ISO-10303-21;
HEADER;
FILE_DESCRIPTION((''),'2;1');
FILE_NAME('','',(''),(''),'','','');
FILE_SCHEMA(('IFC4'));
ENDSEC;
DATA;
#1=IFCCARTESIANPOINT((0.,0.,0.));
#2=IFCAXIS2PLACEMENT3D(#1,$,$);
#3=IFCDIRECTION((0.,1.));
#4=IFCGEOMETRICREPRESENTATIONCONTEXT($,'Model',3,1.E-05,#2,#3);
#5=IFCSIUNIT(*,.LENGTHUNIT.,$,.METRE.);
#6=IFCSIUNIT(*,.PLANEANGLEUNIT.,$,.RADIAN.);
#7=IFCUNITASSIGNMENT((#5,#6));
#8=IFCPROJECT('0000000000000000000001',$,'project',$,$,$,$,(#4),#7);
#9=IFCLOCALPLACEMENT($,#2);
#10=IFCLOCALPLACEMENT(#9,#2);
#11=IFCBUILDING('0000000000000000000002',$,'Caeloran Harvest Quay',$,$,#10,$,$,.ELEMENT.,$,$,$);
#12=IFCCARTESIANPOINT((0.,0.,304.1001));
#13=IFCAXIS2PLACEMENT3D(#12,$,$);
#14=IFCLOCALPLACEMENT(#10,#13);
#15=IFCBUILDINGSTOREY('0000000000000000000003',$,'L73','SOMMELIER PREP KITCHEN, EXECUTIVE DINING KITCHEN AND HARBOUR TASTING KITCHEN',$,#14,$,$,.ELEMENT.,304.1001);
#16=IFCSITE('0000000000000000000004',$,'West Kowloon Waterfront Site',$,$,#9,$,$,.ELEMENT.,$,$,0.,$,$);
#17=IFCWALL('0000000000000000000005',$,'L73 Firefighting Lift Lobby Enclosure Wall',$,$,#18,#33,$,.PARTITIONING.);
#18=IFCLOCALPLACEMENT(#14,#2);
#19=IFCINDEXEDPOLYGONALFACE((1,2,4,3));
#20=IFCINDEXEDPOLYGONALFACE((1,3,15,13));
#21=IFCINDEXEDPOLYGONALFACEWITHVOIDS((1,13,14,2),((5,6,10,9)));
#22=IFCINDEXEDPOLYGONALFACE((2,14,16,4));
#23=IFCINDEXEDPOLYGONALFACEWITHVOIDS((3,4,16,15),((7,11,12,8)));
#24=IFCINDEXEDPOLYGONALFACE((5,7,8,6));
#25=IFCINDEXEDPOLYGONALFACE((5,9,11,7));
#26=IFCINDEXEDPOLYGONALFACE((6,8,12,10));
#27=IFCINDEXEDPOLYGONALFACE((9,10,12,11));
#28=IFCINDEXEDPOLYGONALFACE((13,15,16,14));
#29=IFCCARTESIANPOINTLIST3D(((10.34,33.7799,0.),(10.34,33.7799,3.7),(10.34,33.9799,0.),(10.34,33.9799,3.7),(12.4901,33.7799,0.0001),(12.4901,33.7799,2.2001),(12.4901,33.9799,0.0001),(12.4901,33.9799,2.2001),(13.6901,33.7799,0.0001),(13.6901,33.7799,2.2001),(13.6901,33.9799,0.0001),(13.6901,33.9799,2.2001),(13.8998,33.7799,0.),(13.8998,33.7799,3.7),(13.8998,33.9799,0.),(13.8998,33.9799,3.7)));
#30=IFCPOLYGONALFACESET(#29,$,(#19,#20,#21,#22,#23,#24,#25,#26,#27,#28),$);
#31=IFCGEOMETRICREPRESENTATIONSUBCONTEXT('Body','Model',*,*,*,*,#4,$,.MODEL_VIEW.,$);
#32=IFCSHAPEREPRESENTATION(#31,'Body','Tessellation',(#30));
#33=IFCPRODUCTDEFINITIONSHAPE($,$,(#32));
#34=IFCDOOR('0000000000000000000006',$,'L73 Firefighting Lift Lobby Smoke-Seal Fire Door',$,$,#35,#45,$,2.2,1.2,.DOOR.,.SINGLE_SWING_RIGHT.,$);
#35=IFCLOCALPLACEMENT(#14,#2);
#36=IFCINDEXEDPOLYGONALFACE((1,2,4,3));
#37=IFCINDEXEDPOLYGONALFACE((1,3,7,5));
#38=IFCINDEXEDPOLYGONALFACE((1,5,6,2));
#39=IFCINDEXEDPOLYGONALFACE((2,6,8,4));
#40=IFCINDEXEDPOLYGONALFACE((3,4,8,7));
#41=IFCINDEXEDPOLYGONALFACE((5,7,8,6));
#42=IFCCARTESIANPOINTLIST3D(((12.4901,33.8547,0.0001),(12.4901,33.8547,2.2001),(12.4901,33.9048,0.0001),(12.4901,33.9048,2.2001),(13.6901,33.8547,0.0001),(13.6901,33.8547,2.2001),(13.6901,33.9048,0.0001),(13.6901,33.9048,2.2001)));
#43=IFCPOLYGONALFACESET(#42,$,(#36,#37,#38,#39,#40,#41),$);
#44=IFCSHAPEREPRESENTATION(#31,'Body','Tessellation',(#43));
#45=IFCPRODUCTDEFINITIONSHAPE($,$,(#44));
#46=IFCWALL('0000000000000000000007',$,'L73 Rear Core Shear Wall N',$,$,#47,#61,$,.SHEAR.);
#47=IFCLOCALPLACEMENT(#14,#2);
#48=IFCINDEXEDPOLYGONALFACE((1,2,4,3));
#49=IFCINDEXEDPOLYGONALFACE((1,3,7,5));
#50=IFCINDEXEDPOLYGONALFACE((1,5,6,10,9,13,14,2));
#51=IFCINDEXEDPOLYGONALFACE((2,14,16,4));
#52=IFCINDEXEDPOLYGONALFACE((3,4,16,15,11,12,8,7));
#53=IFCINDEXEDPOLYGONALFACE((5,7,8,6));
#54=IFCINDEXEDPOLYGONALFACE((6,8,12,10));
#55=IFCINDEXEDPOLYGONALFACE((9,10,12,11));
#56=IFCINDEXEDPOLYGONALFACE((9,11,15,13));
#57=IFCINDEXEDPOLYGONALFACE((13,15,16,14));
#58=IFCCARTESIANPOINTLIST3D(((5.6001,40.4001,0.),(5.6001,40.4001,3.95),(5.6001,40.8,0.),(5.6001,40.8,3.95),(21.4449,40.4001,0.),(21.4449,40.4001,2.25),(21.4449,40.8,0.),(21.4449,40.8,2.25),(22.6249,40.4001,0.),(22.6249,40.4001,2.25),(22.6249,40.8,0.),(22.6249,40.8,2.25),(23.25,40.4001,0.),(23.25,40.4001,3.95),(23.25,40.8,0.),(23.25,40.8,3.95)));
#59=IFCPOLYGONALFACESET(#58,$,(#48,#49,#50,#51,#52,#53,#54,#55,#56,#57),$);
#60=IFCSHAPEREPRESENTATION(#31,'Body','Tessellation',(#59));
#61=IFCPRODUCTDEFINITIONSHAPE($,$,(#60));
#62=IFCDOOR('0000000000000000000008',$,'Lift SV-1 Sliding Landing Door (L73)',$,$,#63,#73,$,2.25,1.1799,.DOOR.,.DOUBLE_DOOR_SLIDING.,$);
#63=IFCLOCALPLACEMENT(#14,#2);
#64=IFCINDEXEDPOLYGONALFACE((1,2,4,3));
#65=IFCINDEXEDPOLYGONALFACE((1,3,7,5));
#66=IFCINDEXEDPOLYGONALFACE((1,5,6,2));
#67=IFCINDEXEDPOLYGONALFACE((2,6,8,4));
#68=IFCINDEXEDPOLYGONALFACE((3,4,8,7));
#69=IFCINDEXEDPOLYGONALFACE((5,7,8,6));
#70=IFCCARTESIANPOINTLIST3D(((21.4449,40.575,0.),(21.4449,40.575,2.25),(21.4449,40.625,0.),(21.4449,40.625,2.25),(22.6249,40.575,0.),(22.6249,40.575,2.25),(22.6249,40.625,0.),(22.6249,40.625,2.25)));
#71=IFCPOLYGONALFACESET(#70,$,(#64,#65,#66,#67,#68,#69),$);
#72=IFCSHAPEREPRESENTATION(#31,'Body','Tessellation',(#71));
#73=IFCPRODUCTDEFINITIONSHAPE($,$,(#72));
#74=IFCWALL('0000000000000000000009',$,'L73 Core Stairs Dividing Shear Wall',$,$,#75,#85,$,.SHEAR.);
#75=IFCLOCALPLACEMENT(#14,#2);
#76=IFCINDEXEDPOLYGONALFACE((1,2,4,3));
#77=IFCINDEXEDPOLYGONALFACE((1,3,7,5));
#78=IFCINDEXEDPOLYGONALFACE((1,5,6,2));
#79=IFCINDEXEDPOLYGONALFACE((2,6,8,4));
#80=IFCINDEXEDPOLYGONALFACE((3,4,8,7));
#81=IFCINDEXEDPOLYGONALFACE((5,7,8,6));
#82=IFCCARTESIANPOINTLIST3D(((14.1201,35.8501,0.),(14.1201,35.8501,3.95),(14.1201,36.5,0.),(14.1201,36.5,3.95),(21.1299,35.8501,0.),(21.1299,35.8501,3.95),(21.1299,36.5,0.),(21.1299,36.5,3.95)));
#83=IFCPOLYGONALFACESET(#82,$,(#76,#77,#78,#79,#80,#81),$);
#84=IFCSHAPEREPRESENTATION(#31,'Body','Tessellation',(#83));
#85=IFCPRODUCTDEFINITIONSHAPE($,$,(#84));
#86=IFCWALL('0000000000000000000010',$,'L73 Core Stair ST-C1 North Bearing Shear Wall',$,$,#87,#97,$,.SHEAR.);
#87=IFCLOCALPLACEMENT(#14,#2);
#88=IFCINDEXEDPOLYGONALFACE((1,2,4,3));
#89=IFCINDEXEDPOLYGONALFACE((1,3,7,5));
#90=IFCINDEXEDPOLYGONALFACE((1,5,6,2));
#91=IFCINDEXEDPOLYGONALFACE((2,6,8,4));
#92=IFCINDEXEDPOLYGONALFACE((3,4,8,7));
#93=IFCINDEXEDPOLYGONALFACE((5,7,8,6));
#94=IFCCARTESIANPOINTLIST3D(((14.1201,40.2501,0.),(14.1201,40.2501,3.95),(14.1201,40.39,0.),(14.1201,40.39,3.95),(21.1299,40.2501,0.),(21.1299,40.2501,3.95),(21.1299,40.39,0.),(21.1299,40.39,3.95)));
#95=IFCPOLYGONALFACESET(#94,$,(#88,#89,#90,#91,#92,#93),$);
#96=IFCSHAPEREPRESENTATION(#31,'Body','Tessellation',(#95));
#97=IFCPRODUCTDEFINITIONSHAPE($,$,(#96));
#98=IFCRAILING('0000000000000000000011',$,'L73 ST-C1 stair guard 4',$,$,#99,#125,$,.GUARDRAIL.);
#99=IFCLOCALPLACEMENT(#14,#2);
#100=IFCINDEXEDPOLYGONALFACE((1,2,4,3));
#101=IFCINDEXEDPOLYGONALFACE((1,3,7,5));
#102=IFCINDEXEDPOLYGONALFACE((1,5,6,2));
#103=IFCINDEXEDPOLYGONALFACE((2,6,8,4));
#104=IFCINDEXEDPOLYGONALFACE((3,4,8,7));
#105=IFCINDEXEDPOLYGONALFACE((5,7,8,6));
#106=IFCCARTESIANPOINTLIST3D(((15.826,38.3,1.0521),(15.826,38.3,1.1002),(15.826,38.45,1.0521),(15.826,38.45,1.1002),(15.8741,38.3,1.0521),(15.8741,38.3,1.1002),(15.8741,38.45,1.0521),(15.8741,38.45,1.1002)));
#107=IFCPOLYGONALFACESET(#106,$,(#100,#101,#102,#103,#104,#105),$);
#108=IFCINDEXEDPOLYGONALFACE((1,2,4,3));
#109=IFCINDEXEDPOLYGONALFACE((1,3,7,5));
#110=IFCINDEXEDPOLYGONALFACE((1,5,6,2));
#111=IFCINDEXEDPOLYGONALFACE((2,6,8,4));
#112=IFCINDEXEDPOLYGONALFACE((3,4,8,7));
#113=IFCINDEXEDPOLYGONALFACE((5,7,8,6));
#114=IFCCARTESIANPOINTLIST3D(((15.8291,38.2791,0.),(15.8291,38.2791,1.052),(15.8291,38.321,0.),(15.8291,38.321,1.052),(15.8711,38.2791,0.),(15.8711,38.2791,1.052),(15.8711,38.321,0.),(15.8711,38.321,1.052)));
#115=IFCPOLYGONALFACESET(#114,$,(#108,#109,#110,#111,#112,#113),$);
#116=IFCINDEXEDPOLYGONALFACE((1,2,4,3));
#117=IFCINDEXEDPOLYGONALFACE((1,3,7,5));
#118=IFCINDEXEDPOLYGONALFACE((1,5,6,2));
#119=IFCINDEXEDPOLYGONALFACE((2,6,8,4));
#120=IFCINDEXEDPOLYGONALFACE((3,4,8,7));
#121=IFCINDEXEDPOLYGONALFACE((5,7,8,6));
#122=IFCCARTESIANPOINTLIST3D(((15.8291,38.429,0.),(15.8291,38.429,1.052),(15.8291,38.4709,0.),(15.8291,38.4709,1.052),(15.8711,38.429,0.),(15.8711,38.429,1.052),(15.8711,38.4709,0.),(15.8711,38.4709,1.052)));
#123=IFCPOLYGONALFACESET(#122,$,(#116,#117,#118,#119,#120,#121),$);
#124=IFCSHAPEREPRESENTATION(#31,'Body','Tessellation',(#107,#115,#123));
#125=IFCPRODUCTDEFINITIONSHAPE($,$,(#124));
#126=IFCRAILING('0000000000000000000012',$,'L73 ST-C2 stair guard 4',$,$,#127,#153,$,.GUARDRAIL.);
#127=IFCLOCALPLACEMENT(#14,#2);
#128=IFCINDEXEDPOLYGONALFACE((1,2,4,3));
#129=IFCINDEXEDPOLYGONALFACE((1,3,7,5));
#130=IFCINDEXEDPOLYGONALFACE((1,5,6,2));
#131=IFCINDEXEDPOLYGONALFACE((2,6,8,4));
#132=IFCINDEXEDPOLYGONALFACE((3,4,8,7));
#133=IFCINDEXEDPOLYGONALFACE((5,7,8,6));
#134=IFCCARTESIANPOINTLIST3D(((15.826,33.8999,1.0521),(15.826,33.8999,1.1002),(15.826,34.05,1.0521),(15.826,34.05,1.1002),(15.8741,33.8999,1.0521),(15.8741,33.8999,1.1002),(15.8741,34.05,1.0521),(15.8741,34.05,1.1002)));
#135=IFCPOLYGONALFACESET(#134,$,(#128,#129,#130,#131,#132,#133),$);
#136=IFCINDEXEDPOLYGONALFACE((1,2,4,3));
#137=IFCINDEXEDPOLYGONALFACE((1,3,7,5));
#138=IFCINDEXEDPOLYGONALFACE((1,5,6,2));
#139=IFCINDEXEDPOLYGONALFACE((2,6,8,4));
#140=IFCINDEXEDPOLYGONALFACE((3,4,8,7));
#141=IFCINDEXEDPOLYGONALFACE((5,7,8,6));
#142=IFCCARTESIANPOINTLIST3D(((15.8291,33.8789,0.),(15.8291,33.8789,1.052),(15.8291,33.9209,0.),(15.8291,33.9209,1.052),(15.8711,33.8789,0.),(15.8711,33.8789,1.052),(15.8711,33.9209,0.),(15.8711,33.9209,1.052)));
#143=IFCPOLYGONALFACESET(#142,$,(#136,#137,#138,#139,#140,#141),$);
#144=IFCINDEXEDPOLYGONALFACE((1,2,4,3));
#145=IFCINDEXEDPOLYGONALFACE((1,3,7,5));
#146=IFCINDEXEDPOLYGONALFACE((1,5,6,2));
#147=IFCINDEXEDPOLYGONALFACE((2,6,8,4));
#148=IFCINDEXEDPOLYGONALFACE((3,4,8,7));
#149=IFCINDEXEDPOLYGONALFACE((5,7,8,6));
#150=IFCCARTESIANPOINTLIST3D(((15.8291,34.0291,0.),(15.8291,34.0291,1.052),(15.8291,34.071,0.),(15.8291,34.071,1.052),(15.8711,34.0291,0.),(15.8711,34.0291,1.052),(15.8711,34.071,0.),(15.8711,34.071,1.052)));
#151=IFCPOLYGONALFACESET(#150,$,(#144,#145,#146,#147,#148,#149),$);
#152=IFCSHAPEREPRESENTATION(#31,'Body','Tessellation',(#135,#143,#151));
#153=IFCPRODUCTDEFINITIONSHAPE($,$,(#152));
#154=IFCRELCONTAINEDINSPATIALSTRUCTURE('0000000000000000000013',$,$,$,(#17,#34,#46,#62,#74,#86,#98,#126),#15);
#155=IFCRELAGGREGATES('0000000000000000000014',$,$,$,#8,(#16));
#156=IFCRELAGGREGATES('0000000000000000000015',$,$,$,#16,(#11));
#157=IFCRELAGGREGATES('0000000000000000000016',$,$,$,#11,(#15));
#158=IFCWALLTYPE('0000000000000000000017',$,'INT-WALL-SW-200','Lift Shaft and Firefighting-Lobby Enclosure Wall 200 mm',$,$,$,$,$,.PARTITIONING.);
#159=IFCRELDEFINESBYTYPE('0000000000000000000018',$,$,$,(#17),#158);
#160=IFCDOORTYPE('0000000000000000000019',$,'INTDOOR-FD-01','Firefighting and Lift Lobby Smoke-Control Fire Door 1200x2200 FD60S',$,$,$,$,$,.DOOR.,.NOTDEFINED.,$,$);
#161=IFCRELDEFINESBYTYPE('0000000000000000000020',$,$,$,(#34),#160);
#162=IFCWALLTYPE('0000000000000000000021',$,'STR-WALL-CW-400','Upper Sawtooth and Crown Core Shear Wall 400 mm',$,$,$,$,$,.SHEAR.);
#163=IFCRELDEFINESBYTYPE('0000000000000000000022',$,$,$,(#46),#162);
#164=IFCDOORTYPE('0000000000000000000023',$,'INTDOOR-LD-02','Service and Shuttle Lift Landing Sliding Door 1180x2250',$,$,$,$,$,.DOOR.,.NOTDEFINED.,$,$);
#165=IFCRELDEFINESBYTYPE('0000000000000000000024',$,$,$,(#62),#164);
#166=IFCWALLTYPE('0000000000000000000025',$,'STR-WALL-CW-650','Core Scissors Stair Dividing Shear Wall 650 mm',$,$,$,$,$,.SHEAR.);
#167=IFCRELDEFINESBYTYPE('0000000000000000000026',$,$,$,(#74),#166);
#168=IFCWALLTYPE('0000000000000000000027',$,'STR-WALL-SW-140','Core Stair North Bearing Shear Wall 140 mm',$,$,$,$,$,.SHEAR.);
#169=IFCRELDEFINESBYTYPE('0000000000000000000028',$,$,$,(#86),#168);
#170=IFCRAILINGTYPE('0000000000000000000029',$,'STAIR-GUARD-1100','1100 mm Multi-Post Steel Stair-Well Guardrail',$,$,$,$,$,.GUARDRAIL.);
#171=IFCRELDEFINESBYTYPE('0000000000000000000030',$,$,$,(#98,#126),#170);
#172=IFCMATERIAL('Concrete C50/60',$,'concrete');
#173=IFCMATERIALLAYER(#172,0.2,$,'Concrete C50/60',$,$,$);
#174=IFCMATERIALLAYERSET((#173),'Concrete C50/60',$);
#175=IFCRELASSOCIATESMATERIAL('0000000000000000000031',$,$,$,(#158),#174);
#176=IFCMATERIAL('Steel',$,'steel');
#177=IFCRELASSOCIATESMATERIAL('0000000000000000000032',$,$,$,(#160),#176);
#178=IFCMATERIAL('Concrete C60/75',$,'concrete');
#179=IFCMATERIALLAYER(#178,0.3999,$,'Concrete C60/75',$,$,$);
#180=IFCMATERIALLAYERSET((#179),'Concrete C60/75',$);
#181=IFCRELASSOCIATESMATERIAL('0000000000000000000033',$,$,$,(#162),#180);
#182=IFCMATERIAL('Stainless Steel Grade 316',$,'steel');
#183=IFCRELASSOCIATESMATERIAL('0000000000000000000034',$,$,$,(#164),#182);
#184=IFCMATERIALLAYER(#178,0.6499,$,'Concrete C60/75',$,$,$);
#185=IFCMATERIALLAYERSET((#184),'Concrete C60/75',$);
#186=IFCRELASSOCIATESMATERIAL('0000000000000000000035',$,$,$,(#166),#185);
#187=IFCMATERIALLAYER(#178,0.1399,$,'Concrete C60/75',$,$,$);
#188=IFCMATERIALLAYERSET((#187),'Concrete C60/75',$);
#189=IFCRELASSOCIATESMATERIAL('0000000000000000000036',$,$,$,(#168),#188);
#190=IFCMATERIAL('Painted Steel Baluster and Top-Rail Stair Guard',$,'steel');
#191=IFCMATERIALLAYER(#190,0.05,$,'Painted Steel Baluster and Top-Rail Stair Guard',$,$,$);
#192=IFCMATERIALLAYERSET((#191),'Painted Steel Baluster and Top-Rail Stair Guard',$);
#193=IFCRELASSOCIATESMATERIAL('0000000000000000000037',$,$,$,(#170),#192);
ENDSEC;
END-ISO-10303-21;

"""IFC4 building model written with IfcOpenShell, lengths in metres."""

from ifc_helpers import new_model, si_unit, direction, frame, frame_2d, origin, origin_2d, place, context, subcontext, project, spatial, rectangle, extrude, material, layer, layer_set, type_object, element, fill, save


model = new_model("IFC4")

# Units and contexts
model_context = context("Model", 3, precision=1e-05, world=origin(), true_north=direction((0.0, 1.0)))
body_context = subcontext(model_context, "Body", "Model", "MODEL_VIEW")
ifc_project = project(units=[si_unit("LENGTHUNIT", "METRE"), si_unit("PLANEANGLEUNIT", "RADIAN")], contexts=[model_context])

# Site, building, storey
site_placement = place(None, origin())
site = spatial("IfcSite", under=ifc_project, at=site_placement, Name="West Kowloon Waterfront Site", CompositionType="ELEMENT", RefElevation=0.0)
building_placement = place(site_placement, origin())
building = spatial("IfcBuilding", under=site, at=building_placement, Name="Caeloran Harvest Quay", CompositionType="ELEMENT")
storey_placement = place(building_placement, frame((0.0, 0.0, 304.1001)))
storey = spatial("IfcBuildingStorey", under=building, at=storey_placement, Name="L73", Description="SOMMELIER PREP KITCHEN, EXECUTIVE DINING KITCHEN AND HARBOUR TASTING KITCHEN", CompositionType="ELEMENT", Elevation=304.1001)

# Shared definitions
ifc_material_1 = material(Name="Concrete C50/60", Category="concrete")
ifc_layer_1 = layer(ifc_material_1, 0.2, Name="Concrete C50/60")
ifc_layer_set_1 = layer_set([ifc_layer_1], Name="Concrete C50/60")
wall_type_1 = type_object("IfcWallType", Name="INT-WALL-SW-200", Description="Lift Shaft and Firefighting-Lobby Enclosure Wall 200 mm", PredefinedType="PARTITIONING", material=ifc_layer_set_1)

# Shared definitions
ifc_material_2 = material(Name="Stainless Steel Grade 316", Category="steel")

# Walls, openings, doors
wall_1_placement = place(storey_placement, frame((10.3401, 33.8799, 0.0), z_axis=(0.0, 0.0, 1.0), x_axis=(1.0, 0.0, 0.0)))
wall_1 = element("IfcWall", 1, at=wall_1_placement, inside=storey, type_object=wall_type_1, Name="L73 Firefighting Lift Lobby Enclosure Wall", PredefinedType="PARTITIONING", context=body_context, shape_type="SweptSolid", body=[
    extrude(rectangle(XDim=3.5598, YDim=0.2, at=frame_2d((1.7798, 0.0))), origin(), (0.0, 0.0, 1.0), 3.7),
])
opening_1_placement = place(wall_1_placement, frame((2.1499, 0.0, 0.0)))
opening_1 = element("IfcOpeningElement", 2, at=opening_1_placement, cuts=wall_1, PredefinedType="OPENING", context=body_context, shape_type="SweptSolid", body=[
    extrude(rectangle(XDim=1.2, YDim=2.2, at=frame_2d((0.6001, 1.1001))), frame((0.0, 0.1099, 0.0), z_axis=(0.0, -1.0, 0.0), x_axis=(1.0, 0.0, 0.0)), (0.0, 0.0, 1.0), 0.22),
])
ifc_material_3 = material(Name="Steel", Category="steel")
door_type_1 = type_object("IfcDoorType", Name="INTDOOR-FD-01", Description="Firefighting and Lift Lobby Smoke-Control Fire Door 1200x2200 FD60S", OperationType="NOTDEFINED", PredefinedType="DOOR", material=ifc_material_3)
door_1_placement = place(opening_1_placement, origin())
door_1 = element("IfcDoor", 3, at=door_1_placement, inside=storey, type_object=door_type_1, Name="L73 Firefighting Lift Lobby Smoke-Seal Fire Door", OperationType="SINGLE_SWING_RIGHT", OverallHeight=2.2, OverallWidth=1.2, PredefinedType="DOOR", context=body_context, shape_type="SweptSolid", body=[
    extrude(rectangle(XDim=1.2, YDim=2.2, at=frame_2d((0.6001, 1.1001))), frame((0.0, 0.0249, 0.0), z_axis=(0.0, -1.0, 0.0), x_axis=(1.0, 0.0, 0.0)), (0.0, 0.0, 1.0), 0.05),
])
fill(opening_1, door_1)
ifc_material_4 = material(Name="Concrete C60/75", Category="concrete")
ifc_layer_2 = layer(ifc_material_4, 0.3999, Name="Concrete C60/75")
ifc_layer_set_2 = layer_set([ifc_layer_2], Name="Concrete C60/75")
wall_type_2 = type_object("IfcWallType", Name="STR-WALL-CW-400", Description="Upper Sawtooth and Crown Core Shear Wall 400 mm", PredefinedType="SHEAR", material=ifc_layer_set_2)
wall_2_placement = place(storey_placement, frame((5.6001, 40.6001, 0.0), z_axis=(0.0, 0.0, 1.0), x_axis=(1.0, 0.0, 0.0)))
wall_2 = element("IfcWall", 4, at=wall_2_placement, inside=storey, type_object=wall_type_2, Name="L73 Rear Core Shear Wall N", PredefinedType="SHEAR", context=body_context, shape_type="SweptSolid", body=[
    extrude(rectangle(XDim=17.6499, YDim=0.3999, at=frame_2d((8.825, 0.0))), origin(), (0.0, 0.0, 1.0), 3.95),
])
opening_2_placement = place(wall_2_placement, frame((15.845, 0.0, 0.0)))
opening_2 = element("IfcOpeningElement", 5, at=opening_2_placement, cuts=wall_2, PredefinedType="OPENING", context=body_context, shape_type="SweptSolid", body=[
    extrude(rectangle(XDim=1.1799, YDim=2.25, at=frame_2d((0.5898, 1.125))), frame((0.0, 0.21, 0.0), z_axis=(0.0, -1.0, 0.0), x_axis=(1.0, 0.0, 0.0)), (0.0, 0.0, 1.0), 0.4199),
])
door_type_2 = type_object("IfcDoorType", Name="INTDOOR-LD-02", Description="Service and Shuttle Lift Landing Sliding Door 1180x2250", OperationType="NOTDEFINED", PredefinedType="DOOR", material=ifc_material_2)
door_2_placement = place(opening_2_placement, origin())
door_2 = element("IfcDoor", 6, at=door_2_placement, inside=storey, type_object=door_type_2, Name="Lift SV-1 Sliding Landing Door (L73)", OperationType="DOUBLE_DOOR_SLIDING", OverallHeight=2.25, OverallWidth=1.1799, PredefinedType="DOOR", context=body_context, shape_type="SweptSolid", body=[
    extrude(rectangle(XDim=1.1799, YDim=2.25, at=frame_2d((0.5898, 1.125))), frame((0.0, 0.0249, 0.0), z_axis=(0.0, -1.0, 0.0), x_axis=(1.0, 0.0, 0.0)), (0.0, 0.0, 1.0), 0.05),
])
fill(opening_2, door_2)

# Walls
ifc_layer_3 = layer(ifc_material_4, 0.6499, Name="Concrete C60/75")
ifc_layer_set_3 = layer_set([ifc_layer_3], Name="Concrete C60/75")
wall_type_3 = type_object("IfcWallType", Name="STR-WALL-CW-650", Description="Core Scissors Stair Dividing Shear Wall 650 mm", PredefinedType="SHEAR", material=ifc_layer_set_3)
wall_3_placement = place(storey_placement, frame((14.1201, 36.175, 0.0), z_axis=(0.0, 0.0, 1.0), x_axis=(1.0, 0.0, 0.0)))
element("IfcWall", 7, at=wall_3_placement, inside=storey, type_object=wall_type_3, Name="L73 Core Stairs Dividing Shear Wall", PredefinedType="SHEAR", context=body_context, shape_type="SweptSolid", body=[
    extrude(rectangle(XDim=7.0098, YDim=0.6499, at=frame_2d((3.5049, 0.0))), origin(), (0.0, 0.0, 1.0), 3.95),
])
ifc_layer_4 = layer(ifc_material_4, 0.1399, Name="Concrete C60/75")
ifc_layer_set_4 = layer_set([ifc_layer_4], Name="Concrete C60/75")
wall_type_4 = type_object("IfcWallType", Name="STR-WALL-SW-140", Description="Core Stair North Bearing Shear Wall 140 mm", PredefinedType="SHEAR", material=ifc_layer_set_4)
wall_4_placement = place(storey_placement, frame((14.1201, 40.3201, 0.0), z_axis=(0.0, 0.0, 1.0), x_axis=(1.0, 0.0, 0.0)))
element("IfcWall", 8, at=wall_4_placement, inside=storey, type_object=wall_type_4, Name="L73 Core Stair ST-C1 North Bearing Shear Wall", PredefinedType="SHEAR", context=body_context, shape_type="SweptSolid", body=[
    extrude(rectangle(XDim=7.0098, YDim=0.1399, at=frame_2d((3.5049, 0.0))), origin(), (0.0, 0.0, 1.0), 3.95),
])

# Railings
ifc_material_5 = material(Name="Painted Steel Baluster and Top-Rail Stair Guard", Category="steel")
ifc_layer_5 = layer(ifc_material_5, 0.05, Name="Painted Steel Baluster and Top-Rail Stair Guard")
ifc_layer_set_5 = layer_set([ifc_layer_5], Name="Painted Steel Baluster and Top-Rail Stair Guard")
railing_type = type_object("IfcRailingType", Name="STAIR-GUARD-1100", Description="1100 mm Multi-Post Steel Stair-Well Guardrail", PredefinedType="GUARDRAIL", material=ifc_layer_set_5)
railing_1_placement = place(storey_placement, frame((15.8501, 38.3, 0.0)))
element("IfcRailing", 9, at=railing_1_placement, inside=storey, type_object=railing_type, Name="L73 ST-C1 stair guard 4", PredefinedType="GUARDRAIL", context=body_context, shape_type="SweptSolid", body=[
    extrude(rectangle(XDim=0.0481, YDim=0.0481, at=origin_2d()), frame((0.0, 0.0, 1.0762), z_axis=(0.0, 1.0, 0.0), x_axis=(-1.0, 0.0, 0.0)), (0.0, 0.0, 1.0), 0.1499),
    extrude(rectangle(XDim=0.042, YDim=0.042, at=origin_2d()), origin(), (0.0, 0.0, 1.0), 1.052),
    extrude(rectangle(XDim=0.042, YDim=0.042, at=origin_2d()), frame((0.0, 0.1499, 0.0)), (0.0, 0.0, 1.0), 1.052),
])
railing_2_placement = place(storey_placement, frame((15.8501, 33.8999, 0.0)))
element("IfcRailing", 10, at=railing_2_placement, inside=storey, type_object=railing_type, Name="L73 ST-C2 stair guard 4", PredefinedType="GUARDRAIL", context=body_context, shape_type="SweptSolid", body=[
    extrude(rectangle(XDim=0.0481, YDim=0.0481, at=origin_2d()), frame((0.0, 0.0, 1.0762), z_axis=(0.0, 1.0, 0.0), x_axis=(-1.0, 0.0, 0.0)), (0.0, 0.0, 1.0), 0.1501),
    extrude(rectangle(XDim=0.042, YDim=0.042, at=origin_2d()), origin(), (0.0, 0.0, 1.0), 1.052),
    extrude(rectangle(XDim=0.042, YDim=0.042, at=origin_2d()), frame((0.0, 0.1501, 0.0)), (0.0, 0.0, 1.0), 1.052),
])

save(model, "model.ifc")
